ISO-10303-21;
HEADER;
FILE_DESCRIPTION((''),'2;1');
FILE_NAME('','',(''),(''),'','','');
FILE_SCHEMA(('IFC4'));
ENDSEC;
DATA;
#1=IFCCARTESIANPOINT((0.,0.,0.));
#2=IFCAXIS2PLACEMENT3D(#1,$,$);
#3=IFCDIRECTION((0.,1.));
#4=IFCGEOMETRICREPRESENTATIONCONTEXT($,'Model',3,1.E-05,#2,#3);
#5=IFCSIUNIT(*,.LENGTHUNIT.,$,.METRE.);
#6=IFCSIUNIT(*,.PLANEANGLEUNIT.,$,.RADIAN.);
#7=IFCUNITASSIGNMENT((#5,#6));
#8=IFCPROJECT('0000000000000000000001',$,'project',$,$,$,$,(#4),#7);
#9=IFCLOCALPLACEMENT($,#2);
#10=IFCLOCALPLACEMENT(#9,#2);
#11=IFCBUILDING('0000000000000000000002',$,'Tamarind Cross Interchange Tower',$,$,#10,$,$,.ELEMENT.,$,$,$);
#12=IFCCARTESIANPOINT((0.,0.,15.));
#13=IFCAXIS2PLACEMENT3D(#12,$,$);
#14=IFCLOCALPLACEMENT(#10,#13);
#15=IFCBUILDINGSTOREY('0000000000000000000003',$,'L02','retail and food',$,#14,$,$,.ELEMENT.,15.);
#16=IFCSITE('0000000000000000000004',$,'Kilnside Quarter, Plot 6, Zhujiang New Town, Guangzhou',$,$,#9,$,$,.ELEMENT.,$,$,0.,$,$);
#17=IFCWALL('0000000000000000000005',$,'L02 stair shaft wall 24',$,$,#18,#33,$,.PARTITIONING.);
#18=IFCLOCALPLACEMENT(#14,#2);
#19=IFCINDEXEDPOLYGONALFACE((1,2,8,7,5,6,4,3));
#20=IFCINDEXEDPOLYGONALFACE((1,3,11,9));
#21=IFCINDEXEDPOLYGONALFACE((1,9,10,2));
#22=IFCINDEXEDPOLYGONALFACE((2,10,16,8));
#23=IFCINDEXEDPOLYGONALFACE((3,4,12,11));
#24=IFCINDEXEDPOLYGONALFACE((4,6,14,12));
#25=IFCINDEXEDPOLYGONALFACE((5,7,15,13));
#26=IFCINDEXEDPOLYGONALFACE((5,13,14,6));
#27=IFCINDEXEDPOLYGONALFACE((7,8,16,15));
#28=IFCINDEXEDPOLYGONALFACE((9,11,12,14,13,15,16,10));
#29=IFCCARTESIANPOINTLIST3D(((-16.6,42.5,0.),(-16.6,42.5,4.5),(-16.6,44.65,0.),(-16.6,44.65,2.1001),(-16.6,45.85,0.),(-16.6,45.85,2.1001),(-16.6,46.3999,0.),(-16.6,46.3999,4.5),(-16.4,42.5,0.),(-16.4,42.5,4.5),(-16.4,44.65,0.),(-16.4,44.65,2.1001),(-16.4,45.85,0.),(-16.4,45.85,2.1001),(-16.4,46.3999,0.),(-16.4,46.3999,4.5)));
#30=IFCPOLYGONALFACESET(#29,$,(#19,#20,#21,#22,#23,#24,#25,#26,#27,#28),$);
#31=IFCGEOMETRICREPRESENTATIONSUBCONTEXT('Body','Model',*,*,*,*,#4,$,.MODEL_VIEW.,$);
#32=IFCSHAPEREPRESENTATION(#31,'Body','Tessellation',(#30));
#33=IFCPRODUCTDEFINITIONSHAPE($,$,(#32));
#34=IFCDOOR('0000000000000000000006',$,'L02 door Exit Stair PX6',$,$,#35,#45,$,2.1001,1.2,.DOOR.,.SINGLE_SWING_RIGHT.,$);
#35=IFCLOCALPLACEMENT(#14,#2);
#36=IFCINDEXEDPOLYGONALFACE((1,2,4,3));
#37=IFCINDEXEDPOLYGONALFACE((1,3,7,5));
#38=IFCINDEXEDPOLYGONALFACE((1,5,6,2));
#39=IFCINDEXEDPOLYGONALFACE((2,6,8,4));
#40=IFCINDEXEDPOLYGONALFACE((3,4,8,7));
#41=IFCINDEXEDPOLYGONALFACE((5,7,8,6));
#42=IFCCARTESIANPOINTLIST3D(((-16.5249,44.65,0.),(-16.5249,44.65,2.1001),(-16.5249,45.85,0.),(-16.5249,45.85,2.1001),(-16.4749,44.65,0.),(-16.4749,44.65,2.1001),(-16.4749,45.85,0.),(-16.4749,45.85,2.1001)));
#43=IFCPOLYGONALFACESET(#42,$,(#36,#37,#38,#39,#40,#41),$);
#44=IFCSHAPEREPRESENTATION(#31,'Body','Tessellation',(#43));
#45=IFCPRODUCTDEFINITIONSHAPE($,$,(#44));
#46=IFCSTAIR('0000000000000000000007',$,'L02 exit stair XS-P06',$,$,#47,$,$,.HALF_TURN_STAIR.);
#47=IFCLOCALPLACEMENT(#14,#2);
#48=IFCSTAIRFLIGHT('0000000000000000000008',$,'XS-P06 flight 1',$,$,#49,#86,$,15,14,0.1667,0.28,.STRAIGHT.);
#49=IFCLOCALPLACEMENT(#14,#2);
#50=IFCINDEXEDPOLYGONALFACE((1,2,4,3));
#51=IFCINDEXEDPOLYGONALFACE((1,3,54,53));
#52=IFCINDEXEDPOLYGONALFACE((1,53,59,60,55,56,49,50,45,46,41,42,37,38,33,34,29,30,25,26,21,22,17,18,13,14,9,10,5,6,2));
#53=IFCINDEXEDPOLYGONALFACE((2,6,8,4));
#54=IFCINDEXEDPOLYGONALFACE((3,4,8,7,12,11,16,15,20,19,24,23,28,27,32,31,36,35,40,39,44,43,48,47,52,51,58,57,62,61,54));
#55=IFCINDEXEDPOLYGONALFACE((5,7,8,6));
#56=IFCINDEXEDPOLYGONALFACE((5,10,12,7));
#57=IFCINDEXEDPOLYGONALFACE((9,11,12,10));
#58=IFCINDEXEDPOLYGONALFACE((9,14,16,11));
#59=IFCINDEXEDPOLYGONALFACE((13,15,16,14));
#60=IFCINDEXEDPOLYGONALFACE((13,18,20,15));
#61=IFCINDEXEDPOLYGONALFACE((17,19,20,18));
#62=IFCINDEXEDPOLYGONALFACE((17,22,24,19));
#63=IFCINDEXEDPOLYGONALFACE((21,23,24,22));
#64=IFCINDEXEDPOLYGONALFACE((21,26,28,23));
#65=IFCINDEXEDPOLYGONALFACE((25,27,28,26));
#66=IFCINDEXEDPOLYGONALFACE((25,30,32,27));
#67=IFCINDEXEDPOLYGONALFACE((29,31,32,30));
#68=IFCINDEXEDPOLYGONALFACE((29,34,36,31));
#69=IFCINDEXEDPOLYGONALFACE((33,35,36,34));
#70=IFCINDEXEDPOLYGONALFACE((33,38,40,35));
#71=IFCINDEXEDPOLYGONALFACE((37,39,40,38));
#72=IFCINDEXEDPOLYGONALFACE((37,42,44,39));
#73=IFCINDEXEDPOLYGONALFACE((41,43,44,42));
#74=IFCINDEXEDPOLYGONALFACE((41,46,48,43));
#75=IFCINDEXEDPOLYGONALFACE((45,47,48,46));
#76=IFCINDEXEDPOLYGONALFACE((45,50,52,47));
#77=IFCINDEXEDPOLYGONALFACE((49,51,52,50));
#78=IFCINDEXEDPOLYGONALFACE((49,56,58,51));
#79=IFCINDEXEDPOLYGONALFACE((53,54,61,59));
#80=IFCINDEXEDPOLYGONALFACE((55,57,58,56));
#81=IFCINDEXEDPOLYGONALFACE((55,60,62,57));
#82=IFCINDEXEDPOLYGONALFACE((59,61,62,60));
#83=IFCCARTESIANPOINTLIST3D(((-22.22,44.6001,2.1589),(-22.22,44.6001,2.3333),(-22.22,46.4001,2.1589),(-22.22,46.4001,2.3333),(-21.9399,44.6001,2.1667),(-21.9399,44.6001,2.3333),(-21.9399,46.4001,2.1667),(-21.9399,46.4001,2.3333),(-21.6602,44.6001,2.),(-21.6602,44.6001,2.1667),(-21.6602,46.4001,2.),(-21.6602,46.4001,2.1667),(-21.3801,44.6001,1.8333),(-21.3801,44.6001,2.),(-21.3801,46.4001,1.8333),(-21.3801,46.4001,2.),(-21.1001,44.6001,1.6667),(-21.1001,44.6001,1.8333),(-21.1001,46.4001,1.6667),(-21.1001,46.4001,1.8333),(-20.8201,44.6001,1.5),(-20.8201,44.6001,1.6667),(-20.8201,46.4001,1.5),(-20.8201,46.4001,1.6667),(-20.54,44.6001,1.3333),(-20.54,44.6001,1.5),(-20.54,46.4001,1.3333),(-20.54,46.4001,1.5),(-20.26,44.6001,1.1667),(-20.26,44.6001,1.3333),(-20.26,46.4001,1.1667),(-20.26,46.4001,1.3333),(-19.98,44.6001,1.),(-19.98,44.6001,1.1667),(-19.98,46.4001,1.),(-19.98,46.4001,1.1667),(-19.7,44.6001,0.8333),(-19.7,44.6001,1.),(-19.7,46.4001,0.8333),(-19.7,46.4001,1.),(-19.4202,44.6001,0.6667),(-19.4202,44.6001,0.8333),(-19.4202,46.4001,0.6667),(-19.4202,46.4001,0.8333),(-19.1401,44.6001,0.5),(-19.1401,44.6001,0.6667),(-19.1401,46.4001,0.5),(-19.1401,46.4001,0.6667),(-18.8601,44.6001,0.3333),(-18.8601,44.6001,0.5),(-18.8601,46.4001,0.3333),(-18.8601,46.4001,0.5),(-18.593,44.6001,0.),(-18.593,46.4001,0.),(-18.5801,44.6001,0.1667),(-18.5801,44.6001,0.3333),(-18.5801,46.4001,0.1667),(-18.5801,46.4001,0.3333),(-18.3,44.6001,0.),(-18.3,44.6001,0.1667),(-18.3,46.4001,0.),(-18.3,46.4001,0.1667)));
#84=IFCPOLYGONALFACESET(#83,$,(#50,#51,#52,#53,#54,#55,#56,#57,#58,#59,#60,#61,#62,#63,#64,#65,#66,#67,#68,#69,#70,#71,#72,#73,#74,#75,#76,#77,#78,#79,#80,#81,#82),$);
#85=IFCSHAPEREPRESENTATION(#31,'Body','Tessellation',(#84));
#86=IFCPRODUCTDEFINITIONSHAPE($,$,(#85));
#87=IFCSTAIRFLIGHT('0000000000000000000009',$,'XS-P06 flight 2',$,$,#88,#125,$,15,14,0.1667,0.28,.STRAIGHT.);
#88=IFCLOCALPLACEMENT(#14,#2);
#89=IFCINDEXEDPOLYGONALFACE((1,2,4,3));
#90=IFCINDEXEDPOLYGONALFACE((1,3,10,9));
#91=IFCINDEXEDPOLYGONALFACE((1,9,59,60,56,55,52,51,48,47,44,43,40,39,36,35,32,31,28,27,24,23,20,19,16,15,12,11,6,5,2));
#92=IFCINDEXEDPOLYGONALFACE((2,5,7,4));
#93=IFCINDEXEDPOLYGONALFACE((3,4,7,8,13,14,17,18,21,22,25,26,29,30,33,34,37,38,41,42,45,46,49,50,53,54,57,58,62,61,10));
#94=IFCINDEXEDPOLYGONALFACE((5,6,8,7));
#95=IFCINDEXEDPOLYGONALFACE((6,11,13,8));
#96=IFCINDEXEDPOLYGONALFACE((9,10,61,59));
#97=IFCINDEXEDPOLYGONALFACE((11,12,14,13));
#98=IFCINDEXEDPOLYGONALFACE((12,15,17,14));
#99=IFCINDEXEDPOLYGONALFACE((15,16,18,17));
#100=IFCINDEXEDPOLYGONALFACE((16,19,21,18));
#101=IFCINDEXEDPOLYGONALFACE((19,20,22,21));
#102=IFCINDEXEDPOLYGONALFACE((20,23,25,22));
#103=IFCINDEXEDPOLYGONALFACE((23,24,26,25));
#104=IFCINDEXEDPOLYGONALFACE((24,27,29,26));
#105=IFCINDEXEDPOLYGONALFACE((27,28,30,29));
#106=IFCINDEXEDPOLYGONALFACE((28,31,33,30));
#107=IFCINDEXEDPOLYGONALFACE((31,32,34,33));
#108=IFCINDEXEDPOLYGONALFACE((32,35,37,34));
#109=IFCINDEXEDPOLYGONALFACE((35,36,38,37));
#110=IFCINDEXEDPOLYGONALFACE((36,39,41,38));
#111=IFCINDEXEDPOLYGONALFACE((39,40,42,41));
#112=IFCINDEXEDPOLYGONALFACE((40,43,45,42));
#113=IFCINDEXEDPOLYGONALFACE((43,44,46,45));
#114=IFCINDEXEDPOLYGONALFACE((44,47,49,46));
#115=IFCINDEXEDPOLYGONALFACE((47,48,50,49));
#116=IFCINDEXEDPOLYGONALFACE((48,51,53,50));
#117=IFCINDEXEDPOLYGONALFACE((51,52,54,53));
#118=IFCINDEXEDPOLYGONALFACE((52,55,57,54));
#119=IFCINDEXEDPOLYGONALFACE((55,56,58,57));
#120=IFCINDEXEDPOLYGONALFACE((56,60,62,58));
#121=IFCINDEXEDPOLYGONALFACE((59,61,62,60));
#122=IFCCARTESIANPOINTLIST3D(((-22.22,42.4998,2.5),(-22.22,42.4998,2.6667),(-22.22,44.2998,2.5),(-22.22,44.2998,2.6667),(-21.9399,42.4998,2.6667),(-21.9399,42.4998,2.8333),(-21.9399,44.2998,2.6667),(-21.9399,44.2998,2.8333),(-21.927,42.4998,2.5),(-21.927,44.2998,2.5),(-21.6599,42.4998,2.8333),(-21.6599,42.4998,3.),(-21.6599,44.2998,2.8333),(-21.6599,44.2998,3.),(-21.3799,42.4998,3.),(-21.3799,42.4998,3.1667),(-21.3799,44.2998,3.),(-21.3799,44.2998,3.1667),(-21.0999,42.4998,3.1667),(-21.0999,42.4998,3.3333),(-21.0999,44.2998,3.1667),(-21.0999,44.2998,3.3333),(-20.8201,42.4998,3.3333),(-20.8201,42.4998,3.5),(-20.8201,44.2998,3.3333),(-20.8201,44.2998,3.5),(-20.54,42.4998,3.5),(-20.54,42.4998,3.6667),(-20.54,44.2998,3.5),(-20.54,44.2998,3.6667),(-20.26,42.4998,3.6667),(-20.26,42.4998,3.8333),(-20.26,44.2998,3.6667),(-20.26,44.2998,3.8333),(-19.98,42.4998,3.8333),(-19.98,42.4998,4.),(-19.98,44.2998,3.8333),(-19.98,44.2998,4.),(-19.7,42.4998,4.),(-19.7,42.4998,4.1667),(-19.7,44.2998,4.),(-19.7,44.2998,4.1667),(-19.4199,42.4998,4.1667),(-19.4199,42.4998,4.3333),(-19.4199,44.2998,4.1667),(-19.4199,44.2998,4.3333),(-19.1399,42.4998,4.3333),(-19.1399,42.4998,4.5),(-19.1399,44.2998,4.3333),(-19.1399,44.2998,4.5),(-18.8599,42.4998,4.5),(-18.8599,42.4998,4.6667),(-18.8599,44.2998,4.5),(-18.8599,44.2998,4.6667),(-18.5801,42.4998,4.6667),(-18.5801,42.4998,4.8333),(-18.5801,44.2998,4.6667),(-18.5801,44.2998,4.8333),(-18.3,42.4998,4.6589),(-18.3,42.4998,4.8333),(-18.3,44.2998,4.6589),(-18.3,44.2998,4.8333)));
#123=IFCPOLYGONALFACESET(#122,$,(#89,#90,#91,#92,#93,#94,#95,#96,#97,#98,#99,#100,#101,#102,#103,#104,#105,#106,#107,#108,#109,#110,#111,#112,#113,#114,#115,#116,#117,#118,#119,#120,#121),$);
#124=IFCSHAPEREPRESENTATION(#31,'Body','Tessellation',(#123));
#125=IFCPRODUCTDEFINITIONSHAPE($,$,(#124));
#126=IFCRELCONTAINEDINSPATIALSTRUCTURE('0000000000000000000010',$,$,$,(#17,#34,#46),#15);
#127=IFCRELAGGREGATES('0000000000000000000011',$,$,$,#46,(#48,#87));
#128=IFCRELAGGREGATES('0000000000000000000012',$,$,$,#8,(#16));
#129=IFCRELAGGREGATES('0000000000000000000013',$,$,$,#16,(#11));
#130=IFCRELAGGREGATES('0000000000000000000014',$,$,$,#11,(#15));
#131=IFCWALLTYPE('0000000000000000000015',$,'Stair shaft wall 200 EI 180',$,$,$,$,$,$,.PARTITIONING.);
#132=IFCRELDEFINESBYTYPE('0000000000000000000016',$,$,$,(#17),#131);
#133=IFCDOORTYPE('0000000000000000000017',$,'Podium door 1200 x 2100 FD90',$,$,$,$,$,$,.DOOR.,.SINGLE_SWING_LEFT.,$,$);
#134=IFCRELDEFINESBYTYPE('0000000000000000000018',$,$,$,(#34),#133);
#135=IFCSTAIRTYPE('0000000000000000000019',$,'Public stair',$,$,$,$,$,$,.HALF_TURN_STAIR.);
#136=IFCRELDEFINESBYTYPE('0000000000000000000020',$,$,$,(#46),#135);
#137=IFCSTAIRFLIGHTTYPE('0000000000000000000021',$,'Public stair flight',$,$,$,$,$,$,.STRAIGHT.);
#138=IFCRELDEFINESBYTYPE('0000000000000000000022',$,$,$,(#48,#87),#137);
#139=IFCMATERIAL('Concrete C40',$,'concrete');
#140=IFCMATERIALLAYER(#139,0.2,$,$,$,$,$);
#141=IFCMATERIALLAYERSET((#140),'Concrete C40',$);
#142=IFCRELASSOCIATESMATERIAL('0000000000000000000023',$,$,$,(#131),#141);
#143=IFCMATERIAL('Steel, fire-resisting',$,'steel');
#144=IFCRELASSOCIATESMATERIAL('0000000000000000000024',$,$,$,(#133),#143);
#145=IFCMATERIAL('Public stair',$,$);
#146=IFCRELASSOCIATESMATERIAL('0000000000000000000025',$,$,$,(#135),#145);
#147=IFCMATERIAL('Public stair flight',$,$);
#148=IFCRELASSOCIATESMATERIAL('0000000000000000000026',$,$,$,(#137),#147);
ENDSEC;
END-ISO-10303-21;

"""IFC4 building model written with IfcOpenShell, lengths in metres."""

from ifc_helpers import new_model, si_unit, direction, frame, frame_2d, origin, place, context, subcontext, project, spatial, polyline, rectangle, outline, extrude, material, layer, layer_set, type_object, element, fill, aggregate, save


model = new_model("IFC4")

# Units and contexts
model_context = context("Model", 3, precision=1e-05, world=origin(), true_north=direction((0.0, 1.0)))
body_context = subcontext(model_context, "Body", "Model", "MODEL_VIEW")
ifc_project = project(units=[si_unit("LENGTHUNIT", "METRE"), si_unit("PLANEANGLEUNIT", "RADIAN")], contexts=[model_context])

# Site, building, storey
site_placement = place(None, origin())
site = spatial("IfcSite", under=ifc_project, at=site_placement, Name="Kilnside Quarter, Plot 6, Zhujiang New Town, Guangzhou", CompositionType="ELEMENT", RefElevation=0.0)
building_placement = place(site_placement, origin())
building = spatial("IfcBuilding", under=site, at=building_placement, Name="Tamarind Cross Interchange Tower", CompositionType="ELEMENT")
storey_placement = place(building_placement, frame((0.0, 0.0, 15.0)))
storey = spatial("IfcBuildingStorey", under=building, at=storey_placement, Name="L02", Description="retail and food", CompositionType="ELEMENT", Elevation=15.0)

# Shared definitions
ifc_material_1 = material(Name="Concrete C40", Category="concrete")
ifc_layer_1 = layer(ifc_material_1, 0.2)
ifc_layer_set_1 = layer_set([ifc_layer_1], Name="Concrete C40")
wall_type_1 = type_object("IfcWallType", Name="Stair shaft wall 200 EI 180", PredefinedType="PARTITIONING", material=ifc_layer_set_1)

# Wall, opening, door
wall_1_placement = place(storey_placement, frame((-16.5, 42.5, 0.0), z_axis=(0.0, 0.0, 1.0), x_axis=(0.0, 1.0, 0.0)))
wall_1 = element("IfcWall", 1, at=wall_1_placement, inside=storey, type_object=wall_type_1, Name="L02 stair shaft wall 24", PredefinedType="PARTITIONING", context=body_context, shape_type="SweptSolid", body=[
    extrude(rectangle(XDim=3.8999, YDim=0.2, at=frame_2d((1.95, 0.0))), origin(), (0.0, 0.0, 1.0), 4.5),
])
opening_placement = place(wall_1_placement, frame((2.1499, 0.0, 0.0)))
opening = element("IfcOpeningElement", 2, at=opening_placement, cuts=wall_1, PredefinedType="OPENING", context=body_context, shape_type="SweptSolid", body=[
    extrude(rectangle(XDim=1.2, YDim=2.1001, at=frame_2d((0.6001, 1.05))), frame((0.0, 0.1099, 0.0), z_axis=(0.0, -1.0, 0.0), x_axis=(1.0, 0.0, 0.0)), (0.0, 0.0, 1.0), 0.22),
])
ifc_material_2 = material(Name="Steel, fire-resisting", Category="steel")
door_type = type_object("IfcDoorType", Name="Podium door 1200 x 2100 FD90", OperationType="SINGLE_SWING_LEFT", PredefinedType="DOOR", material=ifc_material_2)
door_placement = place(opening_placement, origin())
door = element("IfcDoor", 3, at=door_placement, inside=storey, type_object=door_type, Name="L02 door Exit Stair PX6", OperationType="SINGLE_SWING_RIGHT", OverallHeight=2.1001, OverallWidth=1.2, PredefinedType="DOOR", context=body_context, shape_type="SweptSolid", body=[
    extrude(rectangle(XDim=1.2, YDim=2.1001, at=frame_2d((0.6001, 1.05))), frame((0.0, 0.0249, 0.0), z_axis=(0.0, -1.0, 0.0), x_axis=(1.0, 0.0, 0.0)), (0.0, 0.0, 1.0), 0.05),
])
fill(opening, door)

# Stair, stair flights
ifc_material_3 = material(Name="Public stair")
stair_type = type_object("IfcStairType", Name="Public stair", PredefinedType="HALF_TURN_STAIR", material=ifc_material_3)
stair_placement = place(storey_placement, origin())
stair = element("IfcStair", 4, at=stair_placement, inside=storey, type_object=stair_type, Name="L02 exit stair XS-P06", PredefinedType="HALF_TURN_STAIR")
ifc_material_4 = material(Name="Public stair flight")
stair_flight_type = type_object("IfcStairFlightType", Name="Public stair flight", PredefinedType="STRAIGHT", material=ifc_material_4)
stair_flight_1_placement = place(storey_placement, frame((-18.3, 45.5, 0.0), z_axis=(0.0, 0.0, 1.0), x_axis=(-1.0, 0.0, 0.0)))
stair_flight_1 = element("IfcStairFlight", 5, at=stair_flight_1_placement, type_object=stair_flight_type, Name="XS-P06 flight 1", NumberOfRisers=15, NumberOfTreads=14, PredefinedType="STRAIGHT", RiserHeight=0.1667, TreadLength=0.28, context=body_context, shape_type="SweptSolid", body=[
    extrude(outline(polyline([(0.0, 0.0), (0.0, 0.1667), (0.28, 0.1667), (0.28, 0.3333), (0.5601, 0.3333), (0.5601, 0.5), (0.8401, 0.5), (0.8401, 0.6667), (1.1201, 0.6667), (1.1201, 0.8333), (1.3999, 0.8333), (1.3999, 1.0), (1.6799, 1.0), (1.6799, 1.1667), (1.96, 1.1667), (1.96, 1.3333), (2.24, 1.3333), (2.24, 1.5), (2.52, 1.5), (2.52, 1.6667), (2.8, 1.6667), (2.8, 1.8333), (3.0801, 1.8333), (3.0801, 2.0), (3.3601, 2.0), (3.3601, 2.1667), (3.6399, 2.1667), (3.6399, 2.3333), (3.9199, 2.3333), (3.9199, 2.5), (3.9199, 2.1589), (0.293, 0.0), (0.0, 0.0)])), frame((0.0, 0.8999, 0.0), z_axis=(0.0, -1.0, 0.0), x_axis=(1.0, 0.0, 0.0)), (0.0, 0.0, 1.0), 1.8),
])
stair_flight_2_placement = place(storey_placement, frame((-22.22, 43.3999, 2.5), z_axis=(0.0, 0.0, 1.0), x_axis=(1.0, 0.0, 0.0)))
stair_flight_2 = element("IfcStairFlight", 6, at=stair_flight_2_placement, type_object=stair_flight_type, Name="XS-P06 flight 2", NumberOfRisers=15, NumberOfTreads=14, PredefinedType="STRAIGHT", RiserHeight=0.1667, TreadLength=0.28, context=body_context, shape_type="SweptSolid", body=[
    extrude(outline(polyline([(0.0, 0.0), (0.0, 0.1667), (0.28, 0.1667), (0.28, 0.3333), (0.5601, 0.3333), (0.5601, 0.5), (0.8401, 0.5), (0.8401, 0.6667), (1.1201, 0.6667), (1.1201, 0.8333), (1.3999, 0.8333), (1.3999, 1.0), (1.6799, 1.0), (1.6799, 1.1667), (1.96, 1.1667), (1.96, 1.3333), (2.24, 1.3333), (2.24, 1.5), (2.52, 1.5), (2.52, 1.6667), (2.8, 1.6667), (2.8, 1.8333), (3.0801, 1.8333), (3.0801, 2.0), (3.3601, 2.0), (3.3601, 2.1667), (3.6399, 2.1667), (3.6399, 2.3333), (3.9199, 2.3333), (3.9199, 2.5), (3.9199, 2.1589), (0.293, 0.0), (0.0, 0.0)])), frame((0.0, 0.8999, 0.0), z_axis=(0.0, -1.0, 0.0), x_axis=(1.0, 0.0, 0.0)), (0.0, 0.0, 1.0), 1.8),
])
aggregate(stair, [stair_flight_1, stair_flight_2])

save(model, "model.ifc")
